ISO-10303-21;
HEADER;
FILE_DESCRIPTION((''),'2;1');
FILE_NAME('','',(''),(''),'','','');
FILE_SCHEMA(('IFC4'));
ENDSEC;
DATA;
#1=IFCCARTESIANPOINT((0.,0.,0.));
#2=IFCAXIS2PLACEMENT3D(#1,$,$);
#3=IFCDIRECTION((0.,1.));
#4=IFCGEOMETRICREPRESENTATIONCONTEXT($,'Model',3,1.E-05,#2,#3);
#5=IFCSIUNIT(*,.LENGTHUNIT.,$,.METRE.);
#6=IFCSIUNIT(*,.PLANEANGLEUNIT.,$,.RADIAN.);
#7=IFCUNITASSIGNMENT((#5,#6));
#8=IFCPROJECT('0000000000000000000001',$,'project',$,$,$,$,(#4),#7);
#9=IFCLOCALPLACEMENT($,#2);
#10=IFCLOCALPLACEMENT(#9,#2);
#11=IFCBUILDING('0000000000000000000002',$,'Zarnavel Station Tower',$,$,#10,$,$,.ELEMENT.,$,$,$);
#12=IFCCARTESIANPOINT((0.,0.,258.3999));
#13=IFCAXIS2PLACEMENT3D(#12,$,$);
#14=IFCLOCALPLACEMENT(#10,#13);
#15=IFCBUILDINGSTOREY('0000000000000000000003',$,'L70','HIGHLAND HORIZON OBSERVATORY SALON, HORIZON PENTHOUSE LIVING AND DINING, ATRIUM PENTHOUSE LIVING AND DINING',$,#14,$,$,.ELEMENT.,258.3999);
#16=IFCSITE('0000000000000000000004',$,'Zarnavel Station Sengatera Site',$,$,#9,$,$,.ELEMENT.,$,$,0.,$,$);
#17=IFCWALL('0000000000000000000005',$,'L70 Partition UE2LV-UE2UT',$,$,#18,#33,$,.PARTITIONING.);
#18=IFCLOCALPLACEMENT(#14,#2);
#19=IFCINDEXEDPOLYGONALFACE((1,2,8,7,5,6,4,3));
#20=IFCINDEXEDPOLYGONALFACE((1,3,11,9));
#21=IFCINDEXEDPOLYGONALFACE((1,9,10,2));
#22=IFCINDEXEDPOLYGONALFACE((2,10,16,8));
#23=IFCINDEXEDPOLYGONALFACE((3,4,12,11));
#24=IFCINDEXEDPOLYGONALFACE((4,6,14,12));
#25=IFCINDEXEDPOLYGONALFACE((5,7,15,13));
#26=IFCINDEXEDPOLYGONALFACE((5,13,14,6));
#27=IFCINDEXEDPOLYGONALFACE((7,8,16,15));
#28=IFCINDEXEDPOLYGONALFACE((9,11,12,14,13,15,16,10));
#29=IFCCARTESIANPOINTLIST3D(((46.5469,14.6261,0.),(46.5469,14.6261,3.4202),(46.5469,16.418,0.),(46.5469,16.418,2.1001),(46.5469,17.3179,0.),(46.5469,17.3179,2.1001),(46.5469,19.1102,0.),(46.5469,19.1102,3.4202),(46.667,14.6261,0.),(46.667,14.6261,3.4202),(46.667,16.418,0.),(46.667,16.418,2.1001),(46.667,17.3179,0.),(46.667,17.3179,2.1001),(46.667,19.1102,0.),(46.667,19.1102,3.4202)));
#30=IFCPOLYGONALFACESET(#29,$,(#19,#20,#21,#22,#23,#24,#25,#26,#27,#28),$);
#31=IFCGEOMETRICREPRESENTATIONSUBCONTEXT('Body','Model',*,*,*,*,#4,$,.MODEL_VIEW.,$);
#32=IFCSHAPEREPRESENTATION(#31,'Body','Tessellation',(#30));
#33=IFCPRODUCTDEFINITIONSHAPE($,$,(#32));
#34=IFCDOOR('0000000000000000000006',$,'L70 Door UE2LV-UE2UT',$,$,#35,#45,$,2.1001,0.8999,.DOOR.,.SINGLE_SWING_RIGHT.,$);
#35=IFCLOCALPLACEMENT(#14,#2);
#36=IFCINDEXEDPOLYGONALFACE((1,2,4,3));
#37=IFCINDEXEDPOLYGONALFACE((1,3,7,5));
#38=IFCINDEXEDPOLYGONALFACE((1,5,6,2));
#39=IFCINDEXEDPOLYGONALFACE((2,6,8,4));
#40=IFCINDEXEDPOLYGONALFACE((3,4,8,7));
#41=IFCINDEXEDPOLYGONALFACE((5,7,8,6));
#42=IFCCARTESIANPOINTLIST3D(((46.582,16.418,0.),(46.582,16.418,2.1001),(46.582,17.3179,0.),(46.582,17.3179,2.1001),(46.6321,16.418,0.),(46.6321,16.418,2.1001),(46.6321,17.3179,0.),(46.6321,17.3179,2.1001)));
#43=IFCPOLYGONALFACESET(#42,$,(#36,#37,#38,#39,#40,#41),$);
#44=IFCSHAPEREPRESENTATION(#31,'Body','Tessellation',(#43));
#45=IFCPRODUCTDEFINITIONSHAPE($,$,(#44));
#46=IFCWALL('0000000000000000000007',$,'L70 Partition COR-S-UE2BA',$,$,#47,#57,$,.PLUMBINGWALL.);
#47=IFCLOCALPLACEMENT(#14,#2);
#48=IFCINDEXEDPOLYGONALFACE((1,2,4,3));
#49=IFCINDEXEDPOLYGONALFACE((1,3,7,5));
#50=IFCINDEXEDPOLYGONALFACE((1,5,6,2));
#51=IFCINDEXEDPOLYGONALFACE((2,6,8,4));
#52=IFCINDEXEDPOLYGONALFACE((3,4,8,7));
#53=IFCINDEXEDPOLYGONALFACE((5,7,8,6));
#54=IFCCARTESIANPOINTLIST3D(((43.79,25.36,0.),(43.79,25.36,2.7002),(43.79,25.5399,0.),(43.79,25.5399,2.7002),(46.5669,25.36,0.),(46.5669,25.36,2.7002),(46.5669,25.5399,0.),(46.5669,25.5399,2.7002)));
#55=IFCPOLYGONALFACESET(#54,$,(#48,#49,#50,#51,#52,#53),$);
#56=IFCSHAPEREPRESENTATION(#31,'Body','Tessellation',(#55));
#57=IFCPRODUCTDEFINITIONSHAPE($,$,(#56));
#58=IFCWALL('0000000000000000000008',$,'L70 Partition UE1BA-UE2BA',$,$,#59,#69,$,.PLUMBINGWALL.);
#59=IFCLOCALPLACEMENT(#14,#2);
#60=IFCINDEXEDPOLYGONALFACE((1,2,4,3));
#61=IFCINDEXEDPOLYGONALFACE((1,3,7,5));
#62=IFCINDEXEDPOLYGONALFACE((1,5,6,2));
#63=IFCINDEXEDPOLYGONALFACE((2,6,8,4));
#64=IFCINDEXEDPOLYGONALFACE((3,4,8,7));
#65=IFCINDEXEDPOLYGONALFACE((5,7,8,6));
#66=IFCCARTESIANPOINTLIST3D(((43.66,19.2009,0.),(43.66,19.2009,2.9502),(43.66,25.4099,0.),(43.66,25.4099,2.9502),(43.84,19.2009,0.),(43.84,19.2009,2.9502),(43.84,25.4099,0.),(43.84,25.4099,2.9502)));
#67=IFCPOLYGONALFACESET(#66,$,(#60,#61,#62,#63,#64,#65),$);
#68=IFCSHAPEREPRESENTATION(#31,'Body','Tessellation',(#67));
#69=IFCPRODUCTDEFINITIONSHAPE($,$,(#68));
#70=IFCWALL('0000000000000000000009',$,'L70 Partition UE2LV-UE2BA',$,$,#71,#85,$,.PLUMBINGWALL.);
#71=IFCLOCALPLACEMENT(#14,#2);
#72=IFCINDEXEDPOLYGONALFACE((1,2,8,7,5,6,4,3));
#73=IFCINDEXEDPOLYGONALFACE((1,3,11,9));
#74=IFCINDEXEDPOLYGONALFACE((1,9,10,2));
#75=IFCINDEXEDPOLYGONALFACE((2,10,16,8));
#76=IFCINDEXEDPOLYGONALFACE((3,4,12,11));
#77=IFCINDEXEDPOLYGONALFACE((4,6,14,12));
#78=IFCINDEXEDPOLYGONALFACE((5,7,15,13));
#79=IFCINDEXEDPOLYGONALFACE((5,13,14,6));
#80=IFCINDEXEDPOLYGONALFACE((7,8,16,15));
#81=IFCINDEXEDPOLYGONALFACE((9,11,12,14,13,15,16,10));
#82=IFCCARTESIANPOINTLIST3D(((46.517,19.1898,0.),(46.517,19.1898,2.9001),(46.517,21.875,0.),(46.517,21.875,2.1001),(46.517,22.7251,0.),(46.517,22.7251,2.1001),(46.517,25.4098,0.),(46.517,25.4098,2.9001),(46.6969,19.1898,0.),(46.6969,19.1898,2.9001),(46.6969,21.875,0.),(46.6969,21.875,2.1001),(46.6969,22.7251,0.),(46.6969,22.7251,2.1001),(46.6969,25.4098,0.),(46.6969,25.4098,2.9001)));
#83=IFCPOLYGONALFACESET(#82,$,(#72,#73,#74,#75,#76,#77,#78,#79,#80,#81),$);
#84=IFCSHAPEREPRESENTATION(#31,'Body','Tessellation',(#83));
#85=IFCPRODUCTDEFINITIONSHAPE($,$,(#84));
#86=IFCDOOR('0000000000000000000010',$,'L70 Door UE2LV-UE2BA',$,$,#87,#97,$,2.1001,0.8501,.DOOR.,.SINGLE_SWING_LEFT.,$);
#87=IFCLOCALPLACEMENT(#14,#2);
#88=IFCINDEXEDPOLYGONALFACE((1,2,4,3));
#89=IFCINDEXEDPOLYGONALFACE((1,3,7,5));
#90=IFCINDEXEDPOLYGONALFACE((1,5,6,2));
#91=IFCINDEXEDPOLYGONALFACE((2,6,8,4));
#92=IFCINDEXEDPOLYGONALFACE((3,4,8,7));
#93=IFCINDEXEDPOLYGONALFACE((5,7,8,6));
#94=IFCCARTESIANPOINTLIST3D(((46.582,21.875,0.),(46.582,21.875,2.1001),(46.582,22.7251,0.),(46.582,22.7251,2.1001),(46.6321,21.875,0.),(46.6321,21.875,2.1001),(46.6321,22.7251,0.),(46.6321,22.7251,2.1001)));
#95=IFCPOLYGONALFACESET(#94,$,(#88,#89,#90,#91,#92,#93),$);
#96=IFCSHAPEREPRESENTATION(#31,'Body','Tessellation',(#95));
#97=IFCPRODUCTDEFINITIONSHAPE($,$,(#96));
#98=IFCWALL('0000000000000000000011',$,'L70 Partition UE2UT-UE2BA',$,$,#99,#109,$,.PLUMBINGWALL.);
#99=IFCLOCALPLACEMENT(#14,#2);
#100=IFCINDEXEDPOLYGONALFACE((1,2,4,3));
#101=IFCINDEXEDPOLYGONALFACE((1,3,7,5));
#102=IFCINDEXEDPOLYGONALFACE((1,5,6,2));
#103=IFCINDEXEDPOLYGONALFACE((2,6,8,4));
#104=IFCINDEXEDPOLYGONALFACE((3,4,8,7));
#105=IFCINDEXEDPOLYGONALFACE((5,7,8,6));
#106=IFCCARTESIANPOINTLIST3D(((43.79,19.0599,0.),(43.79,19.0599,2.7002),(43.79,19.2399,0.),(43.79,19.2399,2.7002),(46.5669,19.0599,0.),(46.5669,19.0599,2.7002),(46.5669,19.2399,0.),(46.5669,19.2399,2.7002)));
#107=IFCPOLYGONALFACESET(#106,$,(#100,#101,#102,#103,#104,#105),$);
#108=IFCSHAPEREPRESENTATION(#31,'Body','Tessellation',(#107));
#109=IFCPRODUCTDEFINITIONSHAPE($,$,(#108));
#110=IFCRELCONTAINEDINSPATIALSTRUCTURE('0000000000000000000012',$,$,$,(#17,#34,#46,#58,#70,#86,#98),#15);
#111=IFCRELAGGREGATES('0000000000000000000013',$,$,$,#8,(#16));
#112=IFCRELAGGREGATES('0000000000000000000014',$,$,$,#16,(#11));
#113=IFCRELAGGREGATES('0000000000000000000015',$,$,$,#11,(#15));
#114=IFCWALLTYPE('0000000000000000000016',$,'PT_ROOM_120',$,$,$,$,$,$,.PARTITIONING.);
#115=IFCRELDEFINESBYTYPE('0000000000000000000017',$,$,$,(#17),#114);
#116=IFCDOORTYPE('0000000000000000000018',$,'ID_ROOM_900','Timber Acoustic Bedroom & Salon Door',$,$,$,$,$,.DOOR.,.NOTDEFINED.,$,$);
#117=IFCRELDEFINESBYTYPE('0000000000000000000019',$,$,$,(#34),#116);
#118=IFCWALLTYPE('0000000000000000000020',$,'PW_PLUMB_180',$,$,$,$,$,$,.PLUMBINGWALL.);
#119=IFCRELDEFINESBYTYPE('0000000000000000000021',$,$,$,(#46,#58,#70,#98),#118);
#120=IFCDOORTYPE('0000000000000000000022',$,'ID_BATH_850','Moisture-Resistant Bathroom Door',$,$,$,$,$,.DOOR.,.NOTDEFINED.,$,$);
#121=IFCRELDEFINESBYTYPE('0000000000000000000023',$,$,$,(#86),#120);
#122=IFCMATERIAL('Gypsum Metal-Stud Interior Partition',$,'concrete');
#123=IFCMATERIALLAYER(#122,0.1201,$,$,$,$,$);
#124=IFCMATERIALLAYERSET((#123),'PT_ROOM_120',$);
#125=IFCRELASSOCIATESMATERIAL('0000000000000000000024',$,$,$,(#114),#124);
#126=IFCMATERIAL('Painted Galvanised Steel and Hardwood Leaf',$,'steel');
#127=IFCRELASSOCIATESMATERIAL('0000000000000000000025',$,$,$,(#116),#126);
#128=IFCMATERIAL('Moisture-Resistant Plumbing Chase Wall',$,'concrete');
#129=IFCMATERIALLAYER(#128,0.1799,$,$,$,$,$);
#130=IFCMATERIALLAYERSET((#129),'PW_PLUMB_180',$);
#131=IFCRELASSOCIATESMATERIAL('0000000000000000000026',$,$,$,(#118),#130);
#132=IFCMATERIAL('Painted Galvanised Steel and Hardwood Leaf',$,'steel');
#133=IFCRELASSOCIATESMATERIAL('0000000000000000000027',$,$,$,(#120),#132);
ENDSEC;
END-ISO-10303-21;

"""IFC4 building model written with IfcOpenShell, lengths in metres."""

from ifc_helpers import new_model, si_unit, direction, frame, frame_2d, origin, place, context, subcontext, project, spatial, rectangle, extrude, material, layer, layer_set, type_object, element, fill, save


model = new_model("IFC4")

# Units and contexts
model_context = context("Model", 3, precision=1e-05, world=origin(), true_north=direction((0.0, 1.0)))
body_context = subcontext(model_context, "Body", "Model", "MODEL_VIEW")
ifc_project = project(units=[si_unit("LENGTHUNIT", "METRE"), si_unit("PLANEANGLEUNIT", "RADIAN")], contexts=[model_context])

# Site, building, storey
site_placement = place(None, origin())
site = spatial("IfcSite", under=ifc_project, at=site_placement, Name="Zarnavel Station Sengatera Site", CompositionType="ELEMENT", RefElevation=0.0)
building_placement = place(site_placement, origin())
building = spatial("IfcBuilding", under=site, at=building_placement, Name="Zarnavel Station Tower", CompositionType="ELEMENT")
storey_placement = place(building_placement, frame((0.0, 0.0, 258.3999)))
storey = spatial("IfcBuildingStorey", under=building, at=storey_placement, Name="L70", Description="HIGHLAND HORIZON OBSERVATORY SALON, HORIZON PENTHOUSE LIVING AND DINING, ATRIUM PENTHOUSE LIVING AND DINING", CompositionType="ELEMENT", Elevation=258.3999)

# Wall, opening, door
ifc_material_1 = material(Name="Gypsum Metal-Stud Interior Partition", Category="concrete")
ifc_layer_1 = layer(ifc_material_1, 0.1201)
ifc_layer_set_1 = layer_set([ifc_layer_1], Name="PT_ROOM_120")
wall_type_1 = type_object("IfcWallType", Name="PT_ROOM_120", PredefinedType="PARTITIONING", material=ifc_layer_set_1)
wall_1_placement = place(storey_placement, frame((46.6069, 14.626, 0.0), z_axis=(0.0, 0.0, 1.0), x_axis=(0.0, 1.0, 0.0)))
wall_1 = element("IfcWall", 1, at=wall_1_placement, inside=storey, type_object=wall_type_1, Name="L70 Partition UE2LV-UE2UT", PredefinedType="PARTITIONING", context=body_context, shape_type="SweptSolid", body=[
    extrude(rectangle(XDim=4.4841, YDim=0.1201, at=frame_2d((2.2422, 0.0))), origin(), (0.0, 0.0, 1.0), 3.4202),
])
opening_1_placement = place(wall_1_placement, frame((1.792, 0.0, 0.0)))
opening_1 = element("IfcOpeningElement", 2, at=opening_1_placement, cuts=wall_1, PredefinedType="OPENING", context=body_context, shape_type="SweptSolid", body=[
    extrude(rectangle(XDim=0.8999, YDim=2.1001, at=frame_2d((0.45, 1.05))), frame((0.0, 0.0701, 0.0), z_axis=(0.0, -1.0, 0.0), x_axis=(1.0, 0.0, 0.0)), (0.0, 0.0, 1.0), 0.1401),
])
ifc_material_2 = material(Name="Painted Galvanised Steel and Hardwood Leaf", Category="steel")
door_type_1 = type_object("IfcDoorType", Name="ID_ROOM_900", Description="Timber Acoustic Bedroom & Salon Door", OperationType="NOTDEFINED", PredefinedType="DOOR", material=ifc_material_2)
door_1_placement = place(opening_1_placement, origin())
door_1 = element("IfcDoor", 3, at=door_1_placement, inside=storey, type_object=door_type_1, Name="L70 Door UE2LV-UE2UT", OperationType="SINGLE_SWING_RIGHT", OverallHeight=2.1001, OverallWidth=0.8999, PredefinedType="DOOR", context=body_context, shape_type="SweptSolid", body=[
    extrude(rectangle(XDim=0.8999, YDim=2.1001, at=frame_2d((0.45, 1.05))), frame((0.0, 0.0249, 0.0), z_axis=(0.0, -1.0, 0.0), x_axis=(1.0, 0.0, 0.0)), (0.0, 0.0, 1.0), 0.05),
])
fill(opening_1, door_1)

# Walls
ifc_material_3 = material(Name="Moisture-Resistant Plumbing Chase Wall", Category="concrete")
ifc_layer_2 = layer(ifc_material_3, 0.1799)
ifc_layer_set_2 = layer_set([ifc_layer_2], Name="PW_PLUMB_180")
wall_type_2 = type_object("IfcWallType", Name="PW_PLUMB_180", PredefinedType="PLUMBINGWALL", material=ifc_layer_set_2)
wall_2_placement = place(storey_placement, frame((43.79, 25.45, 0.0), z_axis=(0.0, 0.0, 1.0), x_axis=(1.0, 0.0, 0.0)))
element("IfcWall", 4, at=wall_2_placement, inside=storey, type_object=wall_type_2, Name="L70 Partition COR-S-UE2BA", PredefinedType="PLUMBINGWALL", context=body_context, shape_type="SweptSolid", body=[
    extrude(rectangle(XDim=2.7769, YDim=0.1799, at=frame_2d((1.3884, 0.0))), origin(), (0.0, 0.0, 1.0), 2.7002),
])
wall_3_placement = place(storey_placement, frame((43.75, 19.2009, 0.0), z_axis=(0.0, 0.0, 1.0), x_axis=(0.0, 1.0, 0.0)))
element("IfcWall", 5, at=wall_3_placement, inside=storey, type_object=wall_type_2, Name="L70 Partition UE1BA-UE2BA", PredefinedType="PLUMBINGWALL", context=body_context, shape_type="SweptSolid", body=[
    extrude(rectangle(XDim=6.209, YDim=0.1799, at=frame_2d((3.1045, 0.0))), origin(), (0.0, 0.0, 1.0), 2.9502),
])

# Wall, opening, door
wall_4_placement = place(storey_placement, frame((46.6069, 19.1899, 0.0), z_axis=(0.0, 0.0, 1.0), x_axis=(0.0, 1.0, 0.0)))
wall_4 = element("IfcWall", 6, at=wall_4_placement, inside=storey, type_object=wall_type_2, Name="L70 Partition UE2LV-UE2BA", PredefinedType="PLUMBINGWALL", context=body_context, shape_type="SweptSolid", body=[
    extrude(rectangle(XDim=6.22, YDim=0.1799, at=frame_2d((3.1099, 0.0))), origin(), (0.0, 0.0, 1.0), 2.9001),
])
opening_2_placement = place(wall_4_placement, frame((2.6851, 0.0, 0.0)))
opening_2 = element("IfcOpeningElement", 7, at=opening_2_placement, cuts=wall_4, PredefinedType="OPENING", context=body_context, shape_type="SweptSolid", body=[
    extrude(rectangle(XDim=0.8501, YDim=2.1001, at=frame_2d((0.425, 1.05))), frame((0.0, 0.0999, 0.0), z_axis=(0.0, -1.0, 0.0), x_axis=(1.0, 0.0, 0.0)), (0.0, 0.0, 1.0), 0.2),
])
ifc_material_4 = material(Name="Painted Galvanised Steel and Hardwood Leaf", Category="steel")
door_type_2 = type_object("IfcDoorType", Name="ID_BATH_850", Description="Moisture-Resistant Bathroom Door", OperationType="NOTDEFINED", PredefinedType="DOOR", material=ifc_material_4)
door_2_placement = place(opening_2_placement, origin())
door_2 = element("IfcDoor", 8, at=door_2_placement, inside=storey, type_object=door_type_2, Name="L70 Door UE2LV-UE2BA", OperationType="SINGLE_SWING_LEFT", OverallHeight=2.1001, OverallWidth=0.8501, PredefinedType="DOOR", context=body_context, shape_type="SweptSolid", body=[
    extrude(rectangle(XDim=0.8501, YDim=2.1001, at=frame_2d((0.425, 1.05))), frame((0.0, 0.0249, 0.0), z_axis=(0.0, -1.0, 0.0), x_axis=(1.0, 0.0, 0.0)), (0.0, 0.0, 1.0), 0.05),
])
fill(opening_2, door_2)

# Wall
wall_5_placement = place(storey_placement, frame((43.79, 19.1499, 0.0), z_axis=(0.0, 0.0, 1.0), x_axis=(1.0, 0.0, 0.0)))
element("IfcWall", 9, at=wall_5_placement, inside=storey, type_object=wall_type_2, Name="L70 Partition UE2UT-UE2BA", PredefinedType="PLUMBINGWALL", context=body_context, shape_type="SweptSolid", body=[
    extrude(rectangle(XDim=2.7769, YDim=0.1799, at=frame_2d((1.3884, 0.0))), origin(), (0.0, 0.0, 1.0), 2.7002),
])

save(model, "model.ifc")
